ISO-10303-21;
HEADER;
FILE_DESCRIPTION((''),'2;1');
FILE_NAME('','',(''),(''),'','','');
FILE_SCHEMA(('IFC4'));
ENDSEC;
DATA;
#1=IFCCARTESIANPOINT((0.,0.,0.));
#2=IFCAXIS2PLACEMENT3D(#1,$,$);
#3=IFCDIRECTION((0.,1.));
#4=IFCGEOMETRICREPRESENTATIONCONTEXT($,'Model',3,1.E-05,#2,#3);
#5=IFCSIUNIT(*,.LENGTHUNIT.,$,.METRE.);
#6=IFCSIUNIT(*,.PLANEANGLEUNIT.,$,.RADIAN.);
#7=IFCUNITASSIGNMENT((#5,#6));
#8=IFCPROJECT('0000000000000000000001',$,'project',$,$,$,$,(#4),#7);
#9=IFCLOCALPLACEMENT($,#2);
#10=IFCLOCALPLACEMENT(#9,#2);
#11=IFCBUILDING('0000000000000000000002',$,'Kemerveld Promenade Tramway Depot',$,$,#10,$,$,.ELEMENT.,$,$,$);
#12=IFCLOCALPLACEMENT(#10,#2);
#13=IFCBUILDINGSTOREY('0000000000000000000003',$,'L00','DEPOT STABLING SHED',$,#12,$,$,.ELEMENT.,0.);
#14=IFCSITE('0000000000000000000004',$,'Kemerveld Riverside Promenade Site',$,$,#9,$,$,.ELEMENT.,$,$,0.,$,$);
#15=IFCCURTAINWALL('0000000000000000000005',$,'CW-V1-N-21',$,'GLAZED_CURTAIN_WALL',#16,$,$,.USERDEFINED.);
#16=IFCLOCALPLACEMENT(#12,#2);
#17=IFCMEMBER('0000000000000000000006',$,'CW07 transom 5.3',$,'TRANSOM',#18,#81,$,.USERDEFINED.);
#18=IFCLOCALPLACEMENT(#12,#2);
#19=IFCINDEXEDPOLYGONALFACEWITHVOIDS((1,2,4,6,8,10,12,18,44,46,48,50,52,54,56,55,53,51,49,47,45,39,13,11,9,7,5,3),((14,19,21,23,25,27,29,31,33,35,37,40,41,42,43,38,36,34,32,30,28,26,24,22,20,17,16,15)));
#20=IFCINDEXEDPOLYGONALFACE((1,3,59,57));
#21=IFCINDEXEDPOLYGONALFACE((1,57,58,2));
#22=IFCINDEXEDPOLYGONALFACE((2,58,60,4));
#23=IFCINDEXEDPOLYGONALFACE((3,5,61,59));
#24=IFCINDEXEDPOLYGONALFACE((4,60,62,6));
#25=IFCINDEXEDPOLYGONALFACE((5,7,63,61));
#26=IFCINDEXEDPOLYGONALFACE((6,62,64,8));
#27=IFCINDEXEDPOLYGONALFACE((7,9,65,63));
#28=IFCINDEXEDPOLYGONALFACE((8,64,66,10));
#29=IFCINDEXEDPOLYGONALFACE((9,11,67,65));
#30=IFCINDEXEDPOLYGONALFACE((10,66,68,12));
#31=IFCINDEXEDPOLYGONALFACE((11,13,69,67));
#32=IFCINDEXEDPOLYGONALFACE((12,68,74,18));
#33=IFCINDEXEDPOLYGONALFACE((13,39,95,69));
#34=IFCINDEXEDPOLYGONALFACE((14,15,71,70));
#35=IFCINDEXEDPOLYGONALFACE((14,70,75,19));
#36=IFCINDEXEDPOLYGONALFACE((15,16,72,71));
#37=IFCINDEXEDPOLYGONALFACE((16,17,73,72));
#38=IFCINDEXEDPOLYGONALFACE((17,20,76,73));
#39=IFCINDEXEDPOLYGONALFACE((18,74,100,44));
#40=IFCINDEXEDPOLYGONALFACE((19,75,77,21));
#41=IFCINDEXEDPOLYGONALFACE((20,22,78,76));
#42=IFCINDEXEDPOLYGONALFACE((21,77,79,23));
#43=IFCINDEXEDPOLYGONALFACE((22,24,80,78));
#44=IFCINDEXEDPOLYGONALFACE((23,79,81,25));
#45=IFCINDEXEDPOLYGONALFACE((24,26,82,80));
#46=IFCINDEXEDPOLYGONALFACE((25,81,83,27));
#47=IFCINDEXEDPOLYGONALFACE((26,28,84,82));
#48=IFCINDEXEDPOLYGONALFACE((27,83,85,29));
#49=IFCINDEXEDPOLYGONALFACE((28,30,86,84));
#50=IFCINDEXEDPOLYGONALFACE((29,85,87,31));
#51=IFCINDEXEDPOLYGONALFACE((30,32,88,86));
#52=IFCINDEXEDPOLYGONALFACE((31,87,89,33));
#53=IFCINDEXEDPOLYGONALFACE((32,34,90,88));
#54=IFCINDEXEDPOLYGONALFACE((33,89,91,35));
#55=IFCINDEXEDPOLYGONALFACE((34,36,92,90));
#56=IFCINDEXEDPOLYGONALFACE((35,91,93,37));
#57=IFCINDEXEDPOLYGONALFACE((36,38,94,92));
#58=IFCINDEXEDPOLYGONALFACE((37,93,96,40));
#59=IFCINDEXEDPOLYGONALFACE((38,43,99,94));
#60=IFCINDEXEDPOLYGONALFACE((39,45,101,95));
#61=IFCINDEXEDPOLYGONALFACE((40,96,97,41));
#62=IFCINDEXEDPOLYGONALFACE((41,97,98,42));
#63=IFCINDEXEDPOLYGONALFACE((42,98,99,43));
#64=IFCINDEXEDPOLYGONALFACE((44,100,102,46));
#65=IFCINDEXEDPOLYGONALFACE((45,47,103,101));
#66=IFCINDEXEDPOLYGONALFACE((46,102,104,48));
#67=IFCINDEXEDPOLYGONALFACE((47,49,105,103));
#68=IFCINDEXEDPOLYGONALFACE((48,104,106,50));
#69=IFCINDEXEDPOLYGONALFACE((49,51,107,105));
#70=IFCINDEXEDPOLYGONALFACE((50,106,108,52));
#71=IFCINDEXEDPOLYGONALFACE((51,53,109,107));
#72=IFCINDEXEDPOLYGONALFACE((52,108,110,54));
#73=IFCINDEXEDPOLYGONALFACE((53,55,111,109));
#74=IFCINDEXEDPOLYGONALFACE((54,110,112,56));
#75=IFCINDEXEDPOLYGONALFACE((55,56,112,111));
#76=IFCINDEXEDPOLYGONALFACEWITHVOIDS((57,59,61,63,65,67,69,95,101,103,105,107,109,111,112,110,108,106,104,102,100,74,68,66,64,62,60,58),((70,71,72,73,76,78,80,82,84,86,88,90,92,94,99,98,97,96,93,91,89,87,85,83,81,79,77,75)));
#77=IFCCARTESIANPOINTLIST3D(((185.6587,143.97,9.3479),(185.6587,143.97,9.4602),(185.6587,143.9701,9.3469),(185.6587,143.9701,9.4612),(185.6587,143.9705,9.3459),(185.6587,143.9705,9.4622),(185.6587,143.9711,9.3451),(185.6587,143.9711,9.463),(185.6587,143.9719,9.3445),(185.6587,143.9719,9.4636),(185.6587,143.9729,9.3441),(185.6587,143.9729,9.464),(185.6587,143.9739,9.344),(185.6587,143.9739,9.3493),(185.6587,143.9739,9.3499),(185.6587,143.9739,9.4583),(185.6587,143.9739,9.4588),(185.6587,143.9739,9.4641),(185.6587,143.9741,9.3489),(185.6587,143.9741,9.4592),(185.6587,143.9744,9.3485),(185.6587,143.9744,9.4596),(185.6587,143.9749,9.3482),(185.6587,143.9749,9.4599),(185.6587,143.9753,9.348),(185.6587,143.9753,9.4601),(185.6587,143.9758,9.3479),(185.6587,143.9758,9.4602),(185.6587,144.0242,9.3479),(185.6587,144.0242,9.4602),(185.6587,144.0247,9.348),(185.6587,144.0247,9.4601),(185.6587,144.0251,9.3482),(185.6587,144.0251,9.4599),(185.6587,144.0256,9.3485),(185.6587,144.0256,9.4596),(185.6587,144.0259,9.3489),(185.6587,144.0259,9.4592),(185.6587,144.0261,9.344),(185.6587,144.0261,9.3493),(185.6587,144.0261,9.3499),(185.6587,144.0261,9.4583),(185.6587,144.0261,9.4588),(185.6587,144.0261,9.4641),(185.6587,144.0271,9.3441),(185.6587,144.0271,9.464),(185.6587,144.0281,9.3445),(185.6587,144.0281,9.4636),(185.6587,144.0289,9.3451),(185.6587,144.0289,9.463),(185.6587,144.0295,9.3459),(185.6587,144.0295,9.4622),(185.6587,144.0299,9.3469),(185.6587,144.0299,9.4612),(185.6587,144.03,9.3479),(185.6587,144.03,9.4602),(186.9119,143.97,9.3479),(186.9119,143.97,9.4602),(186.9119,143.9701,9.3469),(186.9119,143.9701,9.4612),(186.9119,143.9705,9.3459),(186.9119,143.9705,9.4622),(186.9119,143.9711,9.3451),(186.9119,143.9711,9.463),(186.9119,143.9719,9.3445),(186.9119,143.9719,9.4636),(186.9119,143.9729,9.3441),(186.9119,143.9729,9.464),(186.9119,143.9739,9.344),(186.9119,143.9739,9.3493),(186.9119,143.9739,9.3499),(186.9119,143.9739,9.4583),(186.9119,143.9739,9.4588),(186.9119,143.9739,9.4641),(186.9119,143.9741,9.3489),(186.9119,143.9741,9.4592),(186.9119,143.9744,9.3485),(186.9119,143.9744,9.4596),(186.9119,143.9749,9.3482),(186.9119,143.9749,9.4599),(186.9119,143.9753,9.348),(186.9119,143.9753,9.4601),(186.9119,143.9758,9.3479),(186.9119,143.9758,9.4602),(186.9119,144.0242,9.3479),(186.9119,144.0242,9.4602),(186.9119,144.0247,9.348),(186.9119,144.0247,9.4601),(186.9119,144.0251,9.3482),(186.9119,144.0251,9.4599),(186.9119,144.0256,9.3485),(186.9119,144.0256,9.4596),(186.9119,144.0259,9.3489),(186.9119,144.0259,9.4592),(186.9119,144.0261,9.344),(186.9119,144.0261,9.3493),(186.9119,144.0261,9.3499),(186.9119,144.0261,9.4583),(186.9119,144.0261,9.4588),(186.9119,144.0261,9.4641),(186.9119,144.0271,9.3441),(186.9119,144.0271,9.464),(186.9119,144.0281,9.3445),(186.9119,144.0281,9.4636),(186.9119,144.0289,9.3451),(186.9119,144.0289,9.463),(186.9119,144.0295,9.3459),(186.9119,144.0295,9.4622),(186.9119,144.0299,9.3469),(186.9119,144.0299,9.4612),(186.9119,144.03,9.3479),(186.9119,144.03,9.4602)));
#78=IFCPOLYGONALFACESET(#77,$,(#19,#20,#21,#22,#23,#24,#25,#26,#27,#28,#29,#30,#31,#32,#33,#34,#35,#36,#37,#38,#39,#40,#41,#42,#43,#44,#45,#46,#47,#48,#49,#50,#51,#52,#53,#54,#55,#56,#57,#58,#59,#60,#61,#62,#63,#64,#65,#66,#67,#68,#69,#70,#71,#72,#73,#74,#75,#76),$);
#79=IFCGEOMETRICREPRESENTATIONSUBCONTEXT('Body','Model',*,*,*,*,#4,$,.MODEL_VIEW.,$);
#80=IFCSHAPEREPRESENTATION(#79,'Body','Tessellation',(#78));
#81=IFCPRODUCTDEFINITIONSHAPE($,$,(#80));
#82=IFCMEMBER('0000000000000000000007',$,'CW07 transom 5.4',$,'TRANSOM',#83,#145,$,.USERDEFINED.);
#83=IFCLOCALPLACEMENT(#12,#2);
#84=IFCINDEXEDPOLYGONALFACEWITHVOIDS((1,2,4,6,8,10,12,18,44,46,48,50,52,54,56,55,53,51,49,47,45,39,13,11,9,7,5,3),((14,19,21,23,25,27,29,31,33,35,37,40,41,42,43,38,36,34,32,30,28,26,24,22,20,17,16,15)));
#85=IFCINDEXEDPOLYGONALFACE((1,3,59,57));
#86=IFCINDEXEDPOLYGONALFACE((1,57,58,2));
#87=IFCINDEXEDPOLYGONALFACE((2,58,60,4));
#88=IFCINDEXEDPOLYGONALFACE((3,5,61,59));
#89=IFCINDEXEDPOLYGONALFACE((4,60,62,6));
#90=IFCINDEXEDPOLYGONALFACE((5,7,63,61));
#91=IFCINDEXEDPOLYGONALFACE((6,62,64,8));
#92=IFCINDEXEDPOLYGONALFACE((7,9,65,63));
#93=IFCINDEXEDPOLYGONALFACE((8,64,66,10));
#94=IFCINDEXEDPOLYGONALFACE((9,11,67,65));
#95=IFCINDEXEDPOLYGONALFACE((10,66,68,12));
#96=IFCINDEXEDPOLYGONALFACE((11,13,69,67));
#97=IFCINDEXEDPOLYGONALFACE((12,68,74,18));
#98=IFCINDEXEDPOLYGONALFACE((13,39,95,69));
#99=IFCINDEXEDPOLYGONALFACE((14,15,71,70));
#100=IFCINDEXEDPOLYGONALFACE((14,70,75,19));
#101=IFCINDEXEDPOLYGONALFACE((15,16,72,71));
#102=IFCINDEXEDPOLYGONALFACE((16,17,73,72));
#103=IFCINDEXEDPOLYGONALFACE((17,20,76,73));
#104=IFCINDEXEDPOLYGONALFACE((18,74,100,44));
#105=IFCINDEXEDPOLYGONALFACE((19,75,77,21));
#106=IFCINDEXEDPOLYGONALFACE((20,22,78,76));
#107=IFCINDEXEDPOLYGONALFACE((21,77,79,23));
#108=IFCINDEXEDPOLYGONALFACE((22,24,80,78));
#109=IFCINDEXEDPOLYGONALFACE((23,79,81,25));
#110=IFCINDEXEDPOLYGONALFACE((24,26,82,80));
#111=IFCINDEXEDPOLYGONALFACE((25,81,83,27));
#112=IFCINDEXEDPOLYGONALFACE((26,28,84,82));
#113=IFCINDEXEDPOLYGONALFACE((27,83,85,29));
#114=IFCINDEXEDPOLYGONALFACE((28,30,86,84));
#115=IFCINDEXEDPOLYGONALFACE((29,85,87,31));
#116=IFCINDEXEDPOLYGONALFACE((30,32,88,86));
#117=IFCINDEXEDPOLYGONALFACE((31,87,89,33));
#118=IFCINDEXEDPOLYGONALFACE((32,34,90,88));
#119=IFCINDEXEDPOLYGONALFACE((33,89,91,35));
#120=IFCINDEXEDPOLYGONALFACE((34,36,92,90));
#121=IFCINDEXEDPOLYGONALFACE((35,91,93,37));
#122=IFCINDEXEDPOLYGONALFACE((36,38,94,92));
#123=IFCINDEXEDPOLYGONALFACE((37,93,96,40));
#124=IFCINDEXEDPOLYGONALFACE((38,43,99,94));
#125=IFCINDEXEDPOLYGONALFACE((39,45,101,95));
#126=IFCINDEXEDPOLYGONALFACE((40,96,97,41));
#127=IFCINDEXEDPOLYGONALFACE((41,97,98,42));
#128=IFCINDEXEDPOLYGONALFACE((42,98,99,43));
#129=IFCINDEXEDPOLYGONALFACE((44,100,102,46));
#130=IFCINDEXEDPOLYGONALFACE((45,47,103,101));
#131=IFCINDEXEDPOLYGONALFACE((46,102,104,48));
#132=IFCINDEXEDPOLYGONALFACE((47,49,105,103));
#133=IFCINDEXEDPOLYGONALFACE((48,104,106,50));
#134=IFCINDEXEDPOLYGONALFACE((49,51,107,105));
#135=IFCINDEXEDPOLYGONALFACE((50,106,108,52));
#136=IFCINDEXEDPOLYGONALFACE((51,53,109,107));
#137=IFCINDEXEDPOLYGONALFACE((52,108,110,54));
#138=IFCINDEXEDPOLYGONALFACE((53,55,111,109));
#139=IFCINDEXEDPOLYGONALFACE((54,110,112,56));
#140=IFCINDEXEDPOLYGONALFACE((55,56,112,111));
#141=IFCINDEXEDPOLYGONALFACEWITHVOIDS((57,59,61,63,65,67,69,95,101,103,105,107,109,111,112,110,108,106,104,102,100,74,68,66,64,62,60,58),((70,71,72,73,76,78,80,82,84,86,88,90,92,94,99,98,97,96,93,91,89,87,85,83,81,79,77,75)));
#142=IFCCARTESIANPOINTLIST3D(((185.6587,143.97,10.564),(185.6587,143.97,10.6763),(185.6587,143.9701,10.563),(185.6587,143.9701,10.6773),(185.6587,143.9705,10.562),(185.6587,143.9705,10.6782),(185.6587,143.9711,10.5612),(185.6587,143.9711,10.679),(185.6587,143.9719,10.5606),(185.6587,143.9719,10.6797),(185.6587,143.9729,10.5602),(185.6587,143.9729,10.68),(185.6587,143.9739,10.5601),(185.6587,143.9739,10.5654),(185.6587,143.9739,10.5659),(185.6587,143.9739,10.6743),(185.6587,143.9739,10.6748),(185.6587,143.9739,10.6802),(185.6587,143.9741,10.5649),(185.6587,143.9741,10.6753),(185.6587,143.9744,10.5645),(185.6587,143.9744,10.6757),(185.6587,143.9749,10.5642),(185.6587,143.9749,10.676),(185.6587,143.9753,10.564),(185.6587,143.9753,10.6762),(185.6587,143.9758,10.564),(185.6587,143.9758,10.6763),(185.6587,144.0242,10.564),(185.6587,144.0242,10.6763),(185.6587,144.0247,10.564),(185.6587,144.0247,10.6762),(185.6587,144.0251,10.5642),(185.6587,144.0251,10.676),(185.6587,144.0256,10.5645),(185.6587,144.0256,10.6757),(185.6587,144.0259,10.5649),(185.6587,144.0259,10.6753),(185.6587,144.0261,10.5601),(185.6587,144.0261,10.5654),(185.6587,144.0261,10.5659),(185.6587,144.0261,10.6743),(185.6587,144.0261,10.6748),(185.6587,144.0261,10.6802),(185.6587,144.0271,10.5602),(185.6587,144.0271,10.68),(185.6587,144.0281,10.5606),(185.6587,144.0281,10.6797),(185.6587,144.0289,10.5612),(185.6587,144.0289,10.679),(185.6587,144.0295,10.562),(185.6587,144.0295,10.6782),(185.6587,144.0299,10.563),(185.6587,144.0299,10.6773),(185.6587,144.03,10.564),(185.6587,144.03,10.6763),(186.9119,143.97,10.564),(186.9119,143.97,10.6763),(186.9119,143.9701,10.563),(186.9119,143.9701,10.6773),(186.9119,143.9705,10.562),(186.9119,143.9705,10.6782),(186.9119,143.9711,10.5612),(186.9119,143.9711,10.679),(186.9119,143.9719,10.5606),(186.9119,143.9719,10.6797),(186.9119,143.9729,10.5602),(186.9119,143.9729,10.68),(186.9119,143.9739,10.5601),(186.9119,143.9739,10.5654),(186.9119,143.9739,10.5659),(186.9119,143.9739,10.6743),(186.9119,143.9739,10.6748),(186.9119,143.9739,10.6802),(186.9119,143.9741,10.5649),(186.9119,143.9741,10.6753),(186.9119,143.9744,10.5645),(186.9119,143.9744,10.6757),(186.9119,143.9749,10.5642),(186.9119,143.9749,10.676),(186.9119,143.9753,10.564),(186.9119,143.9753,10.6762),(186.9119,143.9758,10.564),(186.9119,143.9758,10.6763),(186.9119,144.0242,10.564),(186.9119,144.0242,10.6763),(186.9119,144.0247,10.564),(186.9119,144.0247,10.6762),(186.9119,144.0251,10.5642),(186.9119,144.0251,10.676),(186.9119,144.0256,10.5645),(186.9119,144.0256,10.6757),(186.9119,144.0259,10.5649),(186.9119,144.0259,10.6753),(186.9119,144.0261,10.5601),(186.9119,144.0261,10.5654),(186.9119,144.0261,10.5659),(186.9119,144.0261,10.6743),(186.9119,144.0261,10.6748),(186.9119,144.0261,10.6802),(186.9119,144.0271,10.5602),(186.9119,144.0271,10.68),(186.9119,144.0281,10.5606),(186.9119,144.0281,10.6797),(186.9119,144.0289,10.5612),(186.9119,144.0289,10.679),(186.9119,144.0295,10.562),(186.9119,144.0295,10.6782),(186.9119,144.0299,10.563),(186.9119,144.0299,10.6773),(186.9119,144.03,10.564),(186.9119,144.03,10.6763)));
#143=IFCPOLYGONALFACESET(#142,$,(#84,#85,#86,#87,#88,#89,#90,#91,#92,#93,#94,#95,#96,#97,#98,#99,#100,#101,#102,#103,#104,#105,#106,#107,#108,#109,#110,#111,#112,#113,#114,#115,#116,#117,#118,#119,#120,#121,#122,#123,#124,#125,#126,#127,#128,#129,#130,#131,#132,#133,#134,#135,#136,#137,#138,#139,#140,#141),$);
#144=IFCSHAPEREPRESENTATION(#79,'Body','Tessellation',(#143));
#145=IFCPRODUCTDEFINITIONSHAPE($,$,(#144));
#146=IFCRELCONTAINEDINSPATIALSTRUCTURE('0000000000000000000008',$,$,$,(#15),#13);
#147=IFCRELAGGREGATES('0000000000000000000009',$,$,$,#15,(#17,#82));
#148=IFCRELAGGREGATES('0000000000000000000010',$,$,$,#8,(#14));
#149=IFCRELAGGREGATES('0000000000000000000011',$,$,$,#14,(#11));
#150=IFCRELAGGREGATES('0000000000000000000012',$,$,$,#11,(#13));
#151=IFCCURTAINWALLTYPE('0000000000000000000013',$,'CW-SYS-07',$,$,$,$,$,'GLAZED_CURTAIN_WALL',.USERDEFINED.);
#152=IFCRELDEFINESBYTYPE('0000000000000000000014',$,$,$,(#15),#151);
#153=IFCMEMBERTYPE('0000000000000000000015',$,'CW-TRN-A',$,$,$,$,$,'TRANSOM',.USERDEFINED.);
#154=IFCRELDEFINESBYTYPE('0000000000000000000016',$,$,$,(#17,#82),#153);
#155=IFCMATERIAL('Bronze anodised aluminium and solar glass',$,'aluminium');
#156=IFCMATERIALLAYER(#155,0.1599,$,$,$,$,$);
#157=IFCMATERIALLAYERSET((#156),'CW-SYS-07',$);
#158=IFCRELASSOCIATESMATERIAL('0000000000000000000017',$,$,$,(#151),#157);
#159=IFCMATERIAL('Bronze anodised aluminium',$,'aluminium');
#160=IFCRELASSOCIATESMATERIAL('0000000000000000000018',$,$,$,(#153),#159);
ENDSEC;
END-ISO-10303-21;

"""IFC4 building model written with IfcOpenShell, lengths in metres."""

from ifc_helpers import new_model, si_unit, direction, frame, origin, origin_2d, place, context, subcontext, project, spatial, hollow_rectangle, extrude, material, layer, layer_set, material_profile, profile_set, type_object, element, aggregate, save


model = new_model("IFC4")

# Units and contexts
model_context = context("Model", 3, precision=1e-05, world=origin(), true_north=direction((0.0, 1.0)))
body_context = subcontext(model_context, "Body", "Model", "MODEL_VIEW")
ifc_project = project(units=[si_unit("LENGTHUNIT", "METRE"), si_unit("PLANEANGLEUNIT", "RADIAN")], contexts=[model_context])

# Site, building, storey
site_placement = place(None, origin())
site = spatial("IfcSite", under=ifc_project, at=site_placement, Name="Kemerveld Riverside Promenade Site", CompositionType="ELEMENT", RefElevation=0.0)
building_placement = place(site_placement, origin())
building = spatial("IfcBuilding", under=site, at=building_placement, Name="Kemerveld Promenade Tramway Depot", CompositionType="ELEMENT")
storey_placement = place(building_placement, origin())
storey = spatial("IfcBuildingStorey", under=building, at=storey_placement, Name="L00", Description="DEPOT STABLING SHED", CompositionType="ELEMENT", Elevation=0.0)

# Curtain wall, members
ifc_material_1 = material(Name="Bronze anodised aluminium and solar glass", Category="aluminium")
ifc_layer_1 = layer(ifc_material_1, 0.1599)
ifc_layer_set_1 = layer_set([ifc_layer_1], Name="CW-SYS-07")
curtain_wall_type_1 = type_object("IfcCurtainWallType", Name="CW-SYS-07", ElementType="GLAZED_CURTAIN_WALL", PredefinedType="USERDEFINED", material=ifc_layer_set_1)
curtain_wall_1_placement = place(storey_placement, origin())
curtain_wall_1 = element("IfcCurtainWall", 1, at=curtain_wall_1_placement, inside=storey, type_object=curtain_wall_type_1, Name="CW-V1-N-21", ObjectType="GLAZED_CURTAIN_WALL", PredefinedType="USERDEFINED")
ifc_material_2 = material(Name="Bronze anodised aluminium", Category="aluminium")
ifc_material_profile_1 = material_profile(ifc_material_2, hollow_rectangle(XDim=0.0601, YDim=0.1201, WallThickness=0.0039, InnerFilletRadius=0.002, OuterFilletRadius=0.0039, at=origin_2d()), Name="CW-TRN-120x60")
ifc_profile_set_1 = profile_set([ifc_material_profile_1], Name="Bronze anodised aluminium")
member_type_1 = type_object("IfcMemberType", Name="CW-TRN-A", ElementType="TRANSOM", PredefinedType="USERDEFINED", material=ifc_profile_set_1)
member_1_placement = place(storey_placement, frame((185.6587, 144.0, 9.4041), z_axis=(1.0, 0.0, 0.0), x_axis=(0.0, 1.0, 0.0)))
member_1 = element("IfcMember", 2, at=member_1_placement, type_object=member_type_1, Name="CW07 transom 5.3", ObjectType="TRANSOM", PredefinedType="USERDEFINED", context=body_context, shape_type="SweptSolid", body=[
    extrude(hollow_rectangle(XDim=0.0601, YDim=0.1201, WallThickness=0.0039, InnerFilletRadius=0.002, OuterFilletRadius=0.0039, at=origin_2d()), origin(), (0.0, 0.0, 1.0), 1.2532),
])
member_2_placement = place(storey_placement, frame((185.6587, 144.0, 10.6201), z_axis=(1.0, 0.0, 0.0), x_axis=(0.0, 1.0, 0.0)))
member_2 = element("IfcMember", 3, at=member_2_placement, type_object=member_type_1, Name="CW07 transom 5.4", ObjectType="TRANSOM", PredefinedType="USERDEFINED", context=body_context, shape_type="SweptSolid", body=[
    extrude(hollow_rectangle(XDim=0.0601, YDim=0.1201, WallThickness=0.0039, InnerFilletRadius=0.002, OuterFilletRadius=0.0039, at=origin_2d()), origin(), (0.0, 0.0, 1.0), 1.2532),
])

aggregate(curtain_wall_1, [member_1, member_2])

save(model, "model.ifc")
